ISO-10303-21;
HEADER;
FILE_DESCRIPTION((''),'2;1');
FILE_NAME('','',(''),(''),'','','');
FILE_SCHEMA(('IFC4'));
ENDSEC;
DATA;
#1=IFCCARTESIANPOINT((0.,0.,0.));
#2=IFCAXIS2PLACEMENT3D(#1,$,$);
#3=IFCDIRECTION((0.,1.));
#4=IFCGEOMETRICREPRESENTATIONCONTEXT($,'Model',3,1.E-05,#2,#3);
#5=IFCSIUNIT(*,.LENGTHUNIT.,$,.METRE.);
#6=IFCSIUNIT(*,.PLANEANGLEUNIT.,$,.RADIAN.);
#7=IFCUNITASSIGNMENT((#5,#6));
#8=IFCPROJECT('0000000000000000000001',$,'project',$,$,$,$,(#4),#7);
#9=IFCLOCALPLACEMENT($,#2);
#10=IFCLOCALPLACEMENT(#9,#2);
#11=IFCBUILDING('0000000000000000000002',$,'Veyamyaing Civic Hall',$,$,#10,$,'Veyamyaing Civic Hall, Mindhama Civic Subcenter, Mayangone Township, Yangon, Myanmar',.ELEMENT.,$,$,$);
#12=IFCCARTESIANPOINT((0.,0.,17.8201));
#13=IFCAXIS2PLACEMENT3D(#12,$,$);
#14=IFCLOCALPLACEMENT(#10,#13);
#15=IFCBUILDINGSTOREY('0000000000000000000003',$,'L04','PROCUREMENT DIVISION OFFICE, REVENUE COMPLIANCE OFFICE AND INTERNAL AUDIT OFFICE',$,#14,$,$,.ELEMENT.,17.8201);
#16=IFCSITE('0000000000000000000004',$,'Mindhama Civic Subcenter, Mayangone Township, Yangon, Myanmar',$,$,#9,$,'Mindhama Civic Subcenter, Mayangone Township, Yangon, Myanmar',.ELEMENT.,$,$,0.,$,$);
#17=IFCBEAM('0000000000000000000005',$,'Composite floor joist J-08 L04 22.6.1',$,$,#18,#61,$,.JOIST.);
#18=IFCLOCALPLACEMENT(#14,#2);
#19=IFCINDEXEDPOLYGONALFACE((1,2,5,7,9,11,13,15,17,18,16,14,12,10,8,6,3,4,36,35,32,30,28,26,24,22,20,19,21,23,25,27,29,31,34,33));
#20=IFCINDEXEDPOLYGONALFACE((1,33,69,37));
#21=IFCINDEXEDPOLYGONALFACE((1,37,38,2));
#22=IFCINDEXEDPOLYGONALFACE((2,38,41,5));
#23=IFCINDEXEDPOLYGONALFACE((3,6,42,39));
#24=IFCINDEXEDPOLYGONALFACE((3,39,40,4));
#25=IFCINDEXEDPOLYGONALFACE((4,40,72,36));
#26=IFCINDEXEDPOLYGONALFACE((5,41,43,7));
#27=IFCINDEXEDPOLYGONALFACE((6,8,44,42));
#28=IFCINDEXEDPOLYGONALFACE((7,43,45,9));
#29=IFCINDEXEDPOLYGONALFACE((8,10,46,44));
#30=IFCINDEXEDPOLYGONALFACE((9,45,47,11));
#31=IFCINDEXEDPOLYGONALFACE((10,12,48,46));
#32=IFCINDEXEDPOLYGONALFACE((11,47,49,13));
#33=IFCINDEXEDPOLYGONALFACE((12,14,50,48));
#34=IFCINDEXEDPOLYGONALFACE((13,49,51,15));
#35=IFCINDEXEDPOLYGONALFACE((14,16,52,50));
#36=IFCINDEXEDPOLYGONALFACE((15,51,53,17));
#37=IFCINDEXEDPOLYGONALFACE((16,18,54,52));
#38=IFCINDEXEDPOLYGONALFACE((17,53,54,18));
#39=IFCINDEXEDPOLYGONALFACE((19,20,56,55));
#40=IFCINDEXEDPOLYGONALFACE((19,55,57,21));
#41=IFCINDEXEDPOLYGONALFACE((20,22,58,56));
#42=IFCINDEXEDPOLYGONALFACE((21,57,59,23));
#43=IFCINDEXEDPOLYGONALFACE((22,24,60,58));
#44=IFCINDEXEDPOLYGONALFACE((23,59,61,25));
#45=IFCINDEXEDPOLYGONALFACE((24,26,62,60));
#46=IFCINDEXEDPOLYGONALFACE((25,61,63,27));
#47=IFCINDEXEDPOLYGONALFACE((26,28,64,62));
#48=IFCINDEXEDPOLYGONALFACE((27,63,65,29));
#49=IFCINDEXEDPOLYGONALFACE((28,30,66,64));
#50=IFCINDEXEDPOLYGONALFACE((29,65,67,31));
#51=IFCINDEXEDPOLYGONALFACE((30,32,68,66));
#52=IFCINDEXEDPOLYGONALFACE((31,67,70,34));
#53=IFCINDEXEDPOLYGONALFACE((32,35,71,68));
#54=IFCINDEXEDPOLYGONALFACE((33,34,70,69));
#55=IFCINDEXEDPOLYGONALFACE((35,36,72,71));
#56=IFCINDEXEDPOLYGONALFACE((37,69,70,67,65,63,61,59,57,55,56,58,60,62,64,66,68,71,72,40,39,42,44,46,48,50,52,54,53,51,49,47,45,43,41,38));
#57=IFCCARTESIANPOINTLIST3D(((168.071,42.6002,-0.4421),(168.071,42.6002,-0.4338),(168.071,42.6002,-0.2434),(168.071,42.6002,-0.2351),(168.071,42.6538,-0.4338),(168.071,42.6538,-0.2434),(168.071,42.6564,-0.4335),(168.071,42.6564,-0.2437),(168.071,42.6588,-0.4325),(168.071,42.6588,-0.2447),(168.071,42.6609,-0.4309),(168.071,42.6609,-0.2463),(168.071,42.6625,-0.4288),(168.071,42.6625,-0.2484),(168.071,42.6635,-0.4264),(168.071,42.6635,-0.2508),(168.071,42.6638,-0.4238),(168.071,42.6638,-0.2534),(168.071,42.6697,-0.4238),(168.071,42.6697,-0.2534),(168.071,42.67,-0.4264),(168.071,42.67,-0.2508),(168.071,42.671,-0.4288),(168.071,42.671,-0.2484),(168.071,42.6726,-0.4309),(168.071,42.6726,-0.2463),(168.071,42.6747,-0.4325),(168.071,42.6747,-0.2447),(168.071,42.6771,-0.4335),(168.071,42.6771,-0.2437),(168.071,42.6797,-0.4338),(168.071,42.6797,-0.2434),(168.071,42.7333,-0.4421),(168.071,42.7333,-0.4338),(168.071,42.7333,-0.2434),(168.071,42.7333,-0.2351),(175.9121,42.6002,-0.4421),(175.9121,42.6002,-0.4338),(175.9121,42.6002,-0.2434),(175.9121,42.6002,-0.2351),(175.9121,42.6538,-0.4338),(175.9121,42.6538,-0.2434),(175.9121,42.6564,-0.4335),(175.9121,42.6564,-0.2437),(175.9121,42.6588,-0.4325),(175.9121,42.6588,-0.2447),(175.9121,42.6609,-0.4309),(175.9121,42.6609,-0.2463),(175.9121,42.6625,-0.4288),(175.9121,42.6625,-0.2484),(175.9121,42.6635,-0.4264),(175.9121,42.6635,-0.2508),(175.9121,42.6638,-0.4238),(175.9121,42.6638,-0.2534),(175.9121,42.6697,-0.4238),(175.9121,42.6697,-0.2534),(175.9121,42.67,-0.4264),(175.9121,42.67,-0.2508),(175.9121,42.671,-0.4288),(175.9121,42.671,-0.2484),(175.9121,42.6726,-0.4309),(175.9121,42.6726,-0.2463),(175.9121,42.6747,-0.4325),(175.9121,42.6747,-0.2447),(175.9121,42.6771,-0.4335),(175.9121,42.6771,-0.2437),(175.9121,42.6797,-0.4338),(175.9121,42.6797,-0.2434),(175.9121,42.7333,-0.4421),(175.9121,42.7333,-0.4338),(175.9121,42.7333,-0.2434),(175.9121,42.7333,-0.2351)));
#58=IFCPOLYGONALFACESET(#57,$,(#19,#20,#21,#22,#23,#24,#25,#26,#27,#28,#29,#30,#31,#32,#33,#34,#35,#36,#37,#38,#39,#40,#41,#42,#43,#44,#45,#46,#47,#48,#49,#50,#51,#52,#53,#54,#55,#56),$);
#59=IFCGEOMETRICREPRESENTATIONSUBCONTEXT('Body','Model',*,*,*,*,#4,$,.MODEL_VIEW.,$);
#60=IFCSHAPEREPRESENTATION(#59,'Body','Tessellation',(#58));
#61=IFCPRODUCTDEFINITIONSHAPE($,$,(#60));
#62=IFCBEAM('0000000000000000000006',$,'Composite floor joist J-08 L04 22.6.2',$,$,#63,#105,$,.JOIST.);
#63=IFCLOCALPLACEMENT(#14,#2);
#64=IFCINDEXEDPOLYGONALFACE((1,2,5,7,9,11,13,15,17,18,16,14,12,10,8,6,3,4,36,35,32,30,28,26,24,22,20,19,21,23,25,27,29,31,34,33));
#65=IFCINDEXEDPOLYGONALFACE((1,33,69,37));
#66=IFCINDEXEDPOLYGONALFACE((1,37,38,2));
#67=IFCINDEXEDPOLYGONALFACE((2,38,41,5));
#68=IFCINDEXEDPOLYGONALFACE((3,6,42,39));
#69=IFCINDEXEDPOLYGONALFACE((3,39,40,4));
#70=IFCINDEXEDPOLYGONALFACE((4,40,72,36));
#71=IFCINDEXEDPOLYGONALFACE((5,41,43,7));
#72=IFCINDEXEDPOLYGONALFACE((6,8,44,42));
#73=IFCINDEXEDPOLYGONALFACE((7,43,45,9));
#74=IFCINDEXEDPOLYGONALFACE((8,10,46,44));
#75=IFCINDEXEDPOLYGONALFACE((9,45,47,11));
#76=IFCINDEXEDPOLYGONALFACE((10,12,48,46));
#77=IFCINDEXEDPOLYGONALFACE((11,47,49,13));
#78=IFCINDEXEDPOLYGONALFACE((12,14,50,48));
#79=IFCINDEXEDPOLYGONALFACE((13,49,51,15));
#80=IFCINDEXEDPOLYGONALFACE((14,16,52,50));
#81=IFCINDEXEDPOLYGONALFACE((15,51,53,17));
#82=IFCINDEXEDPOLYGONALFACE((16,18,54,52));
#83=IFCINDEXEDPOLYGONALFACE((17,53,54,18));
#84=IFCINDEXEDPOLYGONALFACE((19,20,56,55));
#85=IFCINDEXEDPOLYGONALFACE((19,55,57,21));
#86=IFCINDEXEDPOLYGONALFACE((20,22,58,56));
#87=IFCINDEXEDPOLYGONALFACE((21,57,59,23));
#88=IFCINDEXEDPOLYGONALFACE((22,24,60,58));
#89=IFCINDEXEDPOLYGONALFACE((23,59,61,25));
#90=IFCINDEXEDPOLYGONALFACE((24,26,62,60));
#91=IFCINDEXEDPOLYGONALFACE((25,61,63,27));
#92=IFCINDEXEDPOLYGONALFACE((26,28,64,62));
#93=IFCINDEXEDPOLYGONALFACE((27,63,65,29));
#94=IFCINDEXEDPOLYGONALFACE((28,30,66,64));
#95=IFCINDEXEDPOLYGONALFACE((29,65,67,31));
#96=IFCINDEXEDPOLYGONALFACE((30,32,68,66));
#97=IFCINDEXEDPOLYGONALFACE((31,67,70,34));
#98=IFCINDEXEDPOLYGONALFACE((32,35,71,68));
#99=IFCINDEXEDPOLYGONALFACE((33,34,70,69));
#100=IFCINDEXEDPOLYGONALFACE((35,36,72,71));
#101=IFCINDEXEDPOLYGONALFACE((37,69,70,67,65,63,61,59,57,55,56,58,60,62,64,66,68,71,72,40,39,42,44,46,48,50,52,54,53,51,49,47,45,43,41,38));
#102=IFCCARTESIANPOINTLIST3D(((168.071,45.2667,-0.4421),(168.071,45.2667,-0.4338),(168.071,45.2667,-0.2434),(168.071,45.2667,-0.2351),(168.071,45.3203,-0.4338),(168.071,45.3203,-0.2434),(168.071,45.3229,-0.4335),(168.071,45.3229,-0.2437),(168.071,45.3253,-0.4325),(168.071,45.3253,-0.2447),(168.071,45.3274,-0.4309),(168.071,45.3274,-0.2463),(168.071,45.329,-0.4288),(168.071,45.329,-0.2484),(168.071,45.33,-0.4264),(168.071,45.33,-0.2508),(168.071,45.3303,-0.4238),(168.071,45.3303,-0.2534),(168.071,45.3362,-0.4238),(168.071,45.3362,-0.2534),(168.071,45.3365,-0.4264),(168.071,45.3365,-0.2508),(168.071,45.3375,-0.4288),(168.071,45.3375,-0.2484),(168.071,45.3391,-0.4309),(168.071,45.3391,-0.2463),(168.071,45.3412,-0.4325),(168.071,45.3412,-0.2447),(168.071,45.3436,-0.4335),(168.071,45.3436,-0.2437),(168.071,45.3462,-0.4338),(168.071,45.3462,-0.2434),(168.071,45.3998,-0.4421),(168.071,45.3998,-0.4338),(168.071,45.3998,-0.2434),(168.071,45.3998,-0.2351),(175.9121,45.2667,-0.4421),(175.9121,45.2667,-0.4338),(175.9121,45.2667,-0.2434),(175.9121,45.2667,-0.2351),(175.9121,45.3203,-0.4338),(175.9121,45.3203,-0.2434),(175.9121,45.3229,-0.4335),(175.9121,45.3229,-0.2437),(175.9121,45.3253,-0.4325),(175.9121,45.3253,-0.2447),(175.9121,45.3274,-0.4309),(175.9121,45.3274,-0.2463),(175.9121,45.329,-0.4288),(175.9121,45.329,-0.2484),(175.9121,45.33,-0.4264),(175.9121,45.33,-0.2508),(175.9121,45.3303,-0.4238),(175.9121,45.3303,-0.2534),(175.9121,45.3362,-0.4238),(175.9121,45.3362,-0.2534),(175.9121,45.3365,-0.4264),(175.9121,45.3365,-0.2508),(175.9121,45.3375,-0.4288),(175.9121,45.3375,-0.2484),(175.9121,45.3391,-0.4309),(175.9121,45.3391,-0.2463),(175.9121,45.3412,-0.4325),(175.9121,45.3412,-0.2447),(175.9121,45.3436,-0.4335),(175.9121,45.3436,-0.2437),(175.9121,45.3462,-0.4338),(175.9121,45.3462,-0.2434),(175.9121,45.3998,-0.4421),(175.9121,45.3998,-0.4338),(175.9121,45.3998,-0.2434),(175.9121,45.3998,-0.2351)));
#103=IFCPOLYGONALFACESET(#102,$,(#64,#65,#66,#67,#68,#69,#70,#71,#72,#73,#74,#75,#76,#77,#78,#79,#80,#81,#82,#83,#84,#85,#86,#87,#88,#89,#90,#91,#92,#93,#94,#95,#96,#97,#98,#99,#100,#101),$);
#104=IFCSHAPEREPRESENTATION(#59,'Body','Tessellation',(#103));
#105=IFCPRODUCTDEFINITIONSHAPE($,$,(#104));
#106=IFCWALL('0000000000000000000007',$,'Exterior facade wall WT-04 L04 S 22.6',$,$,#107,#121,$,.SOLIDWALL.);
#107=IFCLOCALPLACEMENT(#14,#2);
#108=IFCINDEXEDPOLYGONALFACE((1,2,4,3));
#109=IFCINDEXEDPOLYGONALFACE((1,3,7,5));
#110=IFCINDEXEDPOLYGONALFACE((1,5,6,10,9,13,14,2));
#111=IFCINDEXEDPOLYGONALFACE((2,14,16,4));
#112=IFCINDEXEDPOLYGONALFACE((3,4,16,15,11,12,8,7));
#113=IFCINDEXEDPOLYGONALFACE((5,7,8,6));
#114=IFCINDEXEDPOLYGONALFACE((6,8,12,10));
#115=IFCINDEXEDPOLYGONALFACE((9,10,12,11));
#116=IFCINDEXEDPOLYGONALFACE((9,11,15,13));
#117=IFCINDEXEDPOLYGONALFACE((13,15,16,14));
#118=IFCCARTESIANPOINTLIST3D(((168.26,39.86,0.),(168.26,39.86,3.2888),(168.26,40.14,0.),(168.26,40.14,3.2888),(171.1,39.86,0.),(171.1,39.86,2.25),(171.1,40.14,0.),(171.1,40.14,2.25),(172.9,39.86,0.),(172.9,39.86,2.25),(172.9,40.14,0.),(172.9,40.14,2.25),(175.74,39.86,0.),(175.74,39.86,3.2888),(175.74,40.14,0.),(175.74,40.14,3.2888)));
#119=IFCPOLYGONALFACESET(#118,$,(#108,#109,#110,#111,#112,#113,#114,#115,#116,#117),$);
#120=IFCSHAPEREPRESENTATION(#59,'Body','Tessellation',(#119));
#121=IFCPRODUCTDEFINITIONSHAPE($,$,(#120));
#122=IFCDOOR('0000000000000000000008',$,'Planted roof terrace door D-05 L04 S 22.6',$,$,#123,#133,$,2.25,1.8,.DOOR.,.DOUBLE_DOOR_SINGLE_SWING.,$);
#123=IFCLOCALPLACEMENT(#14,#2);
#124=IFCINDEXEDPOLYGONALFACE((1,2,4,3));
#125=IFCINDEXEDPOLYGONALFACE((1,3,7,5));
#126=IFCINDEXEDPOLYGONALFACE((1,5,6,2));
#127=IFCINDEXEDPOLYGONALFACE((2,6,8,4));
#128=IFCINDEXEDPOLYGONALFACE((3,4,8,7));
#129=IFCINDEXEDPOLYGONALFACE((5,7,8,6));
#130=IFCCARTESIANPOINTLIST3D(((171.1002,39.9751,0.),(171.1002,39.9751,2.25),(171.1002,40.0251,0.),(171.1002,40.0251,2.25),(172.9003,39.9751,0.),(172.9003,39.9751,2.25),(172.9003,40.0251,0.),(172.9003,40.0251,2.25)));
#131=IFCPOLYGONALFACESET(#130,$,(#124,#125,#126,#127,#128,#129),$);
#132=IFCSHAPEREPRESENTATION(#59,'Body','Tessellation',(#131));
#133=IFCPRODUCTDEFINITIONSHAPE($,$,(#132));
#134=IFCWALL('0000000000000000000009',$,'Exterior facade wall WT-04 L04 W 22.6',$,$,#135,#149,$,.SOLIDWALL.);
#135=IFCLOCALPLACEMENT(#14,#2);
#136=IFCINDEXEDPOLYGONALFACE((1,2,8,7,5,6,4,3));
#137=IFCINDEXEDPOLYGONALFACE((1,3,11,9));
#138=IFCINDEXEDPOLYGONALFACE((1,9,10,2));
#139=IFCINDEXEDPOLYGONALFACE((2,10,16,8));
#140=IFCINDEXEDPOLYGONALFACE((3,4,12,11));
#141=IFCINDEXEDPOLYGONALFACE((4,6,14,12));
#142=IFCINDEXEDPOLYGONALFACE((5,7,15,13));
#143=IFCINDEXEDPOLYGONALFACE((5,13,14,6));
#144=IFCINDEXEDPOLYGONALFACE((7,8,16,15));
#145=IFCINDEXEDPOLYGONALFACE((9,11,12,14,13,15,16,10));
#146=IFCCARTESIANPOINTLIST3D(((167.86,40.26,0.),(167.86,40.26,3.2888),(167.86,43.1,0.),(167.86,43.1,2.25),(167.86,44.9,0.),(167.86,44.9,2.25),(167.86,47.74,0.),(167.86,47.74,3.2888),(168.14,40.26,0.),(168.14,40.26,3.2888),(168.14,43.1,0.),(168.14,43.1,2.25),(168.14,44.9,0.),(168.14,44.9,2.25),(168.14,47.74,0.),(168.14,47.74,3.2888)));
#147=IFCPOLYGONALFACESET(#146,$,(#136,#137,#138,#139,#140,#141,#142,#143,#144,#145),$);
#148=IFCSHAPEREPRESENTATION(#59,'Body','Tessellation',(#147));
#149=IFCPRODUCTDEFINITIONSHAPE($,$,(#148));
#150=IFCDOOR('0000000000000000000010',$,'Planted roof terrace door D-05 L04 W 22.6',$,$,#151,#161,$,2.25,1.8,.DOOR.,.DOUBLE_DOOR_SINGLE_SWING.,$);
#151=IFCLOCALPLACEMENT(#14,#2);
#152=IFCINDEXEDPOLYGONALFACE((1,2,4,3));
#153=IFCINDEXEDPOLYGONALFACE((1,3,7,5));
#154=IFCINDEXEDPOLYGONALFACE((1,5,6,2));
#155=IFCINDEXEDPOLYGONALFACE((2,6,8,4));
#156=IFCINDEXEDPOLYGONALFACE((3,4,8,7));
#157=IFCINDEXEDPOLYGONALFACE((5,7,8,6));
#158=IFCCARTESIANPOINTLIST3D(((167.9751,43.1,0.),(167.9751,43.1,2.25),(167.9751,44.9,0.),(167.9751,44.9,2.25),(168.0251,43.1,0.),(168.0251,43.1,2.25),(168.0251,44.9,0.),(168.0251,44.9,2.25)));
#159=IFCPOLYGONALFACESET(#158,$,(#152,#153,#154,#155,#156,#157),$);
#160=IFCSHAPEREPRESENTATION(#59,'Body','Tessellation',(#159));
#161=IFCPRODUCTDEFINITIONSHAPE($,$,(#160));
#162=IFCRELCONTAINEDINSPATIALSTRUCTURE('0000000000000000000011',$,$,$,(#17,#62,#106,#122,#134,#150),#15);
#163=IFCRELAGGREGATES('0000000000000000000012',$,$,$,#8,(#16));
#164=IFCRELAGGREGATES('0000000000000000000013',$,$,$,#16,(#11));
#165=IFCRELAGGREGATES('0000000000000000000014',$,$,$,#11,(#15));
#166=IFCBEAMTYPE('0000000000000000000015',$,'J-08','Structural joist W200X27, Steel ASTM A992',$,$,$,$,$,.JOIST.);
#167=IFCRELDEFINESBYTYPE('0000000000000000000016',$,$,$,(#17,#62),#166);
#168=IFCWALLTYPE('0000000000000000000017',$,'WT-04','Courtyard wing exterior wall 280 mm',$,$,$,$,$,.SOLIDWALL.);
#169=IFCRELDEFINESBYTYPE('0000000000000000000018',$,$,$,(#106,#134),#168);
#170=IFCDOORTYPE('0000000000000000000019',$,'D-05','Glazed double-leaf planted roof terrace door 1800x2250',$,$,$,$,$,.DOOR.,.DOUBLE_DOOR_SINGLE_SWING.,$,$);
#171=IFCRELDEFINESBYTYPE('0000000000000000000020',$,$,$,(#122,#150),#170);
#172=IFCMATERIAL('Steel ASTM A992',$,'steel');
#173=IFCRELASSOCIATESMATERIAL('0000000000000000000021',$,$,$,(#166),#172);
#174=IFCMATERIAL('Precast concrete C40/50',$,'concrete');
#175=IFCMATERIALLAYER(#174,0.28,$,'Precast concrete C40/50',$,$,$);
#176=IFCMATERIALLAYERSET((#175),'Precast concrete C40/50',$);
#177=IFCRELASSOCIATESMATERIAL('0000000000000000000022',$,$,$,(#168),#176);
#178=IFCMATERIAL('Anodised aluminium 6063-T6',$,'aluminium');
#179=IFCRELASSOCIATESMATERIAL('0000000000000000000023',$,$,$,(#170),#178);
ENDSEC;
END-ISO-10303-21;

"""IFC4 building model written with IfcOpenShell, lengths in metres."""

from ifc_helpers import new_model, si_unit, direction, frame, frame_2d, origin, origin_2d, place, context, subcontext, project, spatial, rectangle, i_section, extrude, material, layer, layer_set, material_profile, profile_set, type_object, element, fill, save


model = new_model("IFC4")

# Units and contexts
model_context = context("Model", 3, precision=1e-05, world=origin(), true_north=direction((0.0, 1.0)))
body_context = subcontext(model_context, "Body", "Model", "MODEL_VIEW")
ifc_project = project(units=[si_unit("LENGTHUNIT", "METRE"), si_unit("PLANEANGLEUNIT", "RADIAN")], contexts=[model_context])

# Site, building, storey
site_placement = place(None, origin())
site = spatial("IfcSite", under=ifc_project, at=site_placement, Name="Mindhama Civic Subcenter, Mayangone Township, Yangon, Myanmar", LongName="Mindhama Civic Subcenter, Mayangone Township, Yangon, Myanmar", CompositionType="ELEMENT", RefElevation=0.0)
building_placement = place(site_placement, origin())
building = spatial("IfcBuilding", under=site, at=building_placement, Name="Veyamyaing Civic Hall", LongName="Veyamyaing Civic Hall, Mindhama Civic Subcenter, Mayangone Township, Yangon, Myanmar", CompositionType="ELEMENT")
storey_placement = place(building_placement, frame((0.0, 0.0, 17.8201)))
storey = spatial("IfcBuildingStorey", under=building, at=storey_placement, Name="L04", Description="PROCUREMENT DIVISION OFFICE, REVENUE COMPLIANCE OFFICE AND INTERNAL AUDIT OFFICE", CompositionType="ELEMENT", Elevation=17.8201)

# Beams
ifc_material_1 = material(Name="Steel ASTM A992", Category="steel")
ifc_material_profile_1 = material_profile(ifc_material_1, i_section(OverallWidth=0.1331, OverallDepth=0.207, WebThickness=0.0059, FlangeThickness=0.0083, FilletRadius=0.01, at=origin_2d()), Name="W200X27")
ifc_profile_set_1 = profile_set([ifc_material_profile_1], Name="Steel ASTM A992")
beam_type_1 = type_object("IfcBeamType", Name="J-08", Description="Structural joist W200X27, Steel ASTM A992", PredefinedType="JOIST", material=ifc_profile_set_1)
for number, where, z_axis, x_axis, name in (
    (1, (168.071, 42.6667, -0.3386), (1.0, 0.0, 0.0), (0.0, 1.0, 0.0), "Composite floor joist J-08 L04 22.6.1"),
    (2, (168.071, 45.3333, -0.3386), (1.0, 0.0, 0.0), (0.0, 1.0, 0.0), "Composite floor joist J-08 L04 22.6.2"),
):
    element("IfcBeam", number, at=place(storey_placement, frame(where, z_axis=z_axis, x_axis=x_axis)), inside=storey, type_object=beam_type_1, Name=name, PredefinedType="JOIST", context=body_context, shape_type="SweptSolid", body=[
        extrude(i_section(OverallWidth=0.1331, OverallDepth=0.207, WebThickness=0.0059, FlangeThickness=0.0083, FilletRadius=0.01, at=origin_2d()), origin(), (0.0, 0.0, 1.0), 7.8411),
    ])

# Walls, openings, doors
ifc_material_2 = material(Name="Precast concrete C40/50", Category="concrete")
ifc_layer_1 = layer(ifc_material_2, 0.28, Name="Precast concrete C40/50")
ifc_layer_set_1 = layer_set([ifc_layer_1], Name="Precast concrete C40/50")
wall_type_1 = type_object("IfcWallType", Name="WT-04", Description="Courtyard wing exterior wall 280 mm", PredefinedType="SOLIDWALL", material=ifc_layer_set_1)
wall_1_placement = place(storey_placement, frame((168.26, 40.0, 0.0), z_axis=(0.0, 0.0, 1.0), x_axis=(1.0, 0.0, 0.0)))
wall_1 = element("IfcWall", 3, at=wall_1_placement, inside=storey, type_object=wall_type_1, Name="Exterior facade wall WT-04 L04 S 22.6", PredefinedType="SOLIDWALL", context=body_context, shape_type="SweptSolid", body=[
    extrude(rectangle(XDim=7.48, YDim=0.28, at=frame_2d((3.74, 0.0))), origin(), (0.0, 0.0, 1.0), 3.2888),
])
opening_1_placement = place(wall_1_placement, frame((2.8401, 0.0, 0.0)))
opening_1 = element("IfcOpeningElement", 4, at=opening_1_placement, cuts=wall_1, PredefinedType="OPENING", context=body_context, shape_type="SweptSolid", body=[
    extrude(rectangle(XDim=1.8, YDim=2.25, at=frame_2d((0.8999, 1.125))), frame((0.0, 0.1499, 0.0), z_axis=(0.0, -1.0, 0.0), x_axis=(1.0, 0.0, 0.0)), (0.0, 0.0, 1.0), 0.3),
])
ifc_material_3 = material(Name="Anodised aluminium 6063-T6", Category="aluminium")
door_type = type_object("IfcDoorType", Name="D-05", Description="Glazed double-leaf planted roof terrace door 1800x2250", OperationType="DOUBLE_DOOR_SINGLE_SWING", PredefinedType="DOOR", material=ifc_material_3)
door_1_placement = place(opening_1_placement, frame((1.8, 0.0, 0.0), z_axis=(0.0, 0.0, 1.0), x_axis=(-1.0, 0.0, 0.0)))
door_1 = element("IfcDoor", 5, at=door_1_placement, inside=storey, type_object=door_type, Name="Planted roof terrace door D-05 L04 S 22.6", OperationType="DOUBLE_DOOR_SINGLE_SWING", OverallHeight=2.25, OverallWidth=1.8, PredefinedType="DOOR", context=body_context, shape_type="SweptSolid", body=[
    extrude(rectangle(XDim=1.8, YDim=2.25, at=frame_2d((0.8999, 1.125))), frame((0.0, 0.0249, 0.0), z_axis=(0.0, -1.0, 0.0), x_axis=(1.0, 0.0, 0.0)), (0.0, 0.0, 1.0), 0.05),
])
fill(opening_1, door_1)
wall_2_placement = place(storey_placement, frame((168.0, 40.26, 0.0), z_axis=(0.0, 0.0, 1.0), x_axis=(0.0, 1.0, 0.0)))
wall_2 = element("IfcWall", 6, at=wall_2_placement, inside=storey, type_object=wall_type_1, Name="Exterior facade wall WT-04 L04 W 22.6", PredefinedType="SOLIDWALL", context=body_context, shape_type="SweptSolid", body=[
    extrude(rectangle(XDim=7.48, YDim=0.28, at=frame_2d((3.74, 0.0))), origin(), (0.0, 0.0, 1.0), 3.2888),
])
opening_2_placement = place(wall_2_placement, frame((2.8401, 0.0, 0.0)))
opening_2 = element("IfcOpeningElement", 7, at=opening_2_placement, cuts=wall_2, PredefinedType="OPENING", context=body_context, shape_type="SweptSolid", body=[
    extrude(rectangle(XDim=1.8, YDim=2.25, at=frame_2d((0.8999, 1.125))), frame((0.0, 0.1499, 0.0), z_axis=(0.0, -1.0, 0.0), x_axis=(1.0, 0.0, 0.0)), (0.0, 0.0, 1.0), 0.3),
])
door_2_placement = place(opening_2_placement, origin())
door_2 = element("IfcDoor", 8, at=door_2_placement, inside=storey, type_object=door_type, Name="Planted roof terrace door D-05 L04 W 22.6", OperationType="DOUBLE_DOOR_SINGLE_SWING", OverallHeight=2.25, OverallWidth=1.8, PredefinedType="DOOR", context=body_context, shape_type="SweptSolid", body=[
    extrude(rectangle(XDim=1.8, YDim=2.25, at=frame_2d((0.8999, 1.125))), frame((0.0, 0.0249, 0.0), z_axis=(0.0, -1.0, 0.0), x_axis=(1.0, 0.0, 0.0)), (0.0, 0.0, 1.0), 0.05),
])
fill(opening_2, door_2)

save(model, "model.ifc")
